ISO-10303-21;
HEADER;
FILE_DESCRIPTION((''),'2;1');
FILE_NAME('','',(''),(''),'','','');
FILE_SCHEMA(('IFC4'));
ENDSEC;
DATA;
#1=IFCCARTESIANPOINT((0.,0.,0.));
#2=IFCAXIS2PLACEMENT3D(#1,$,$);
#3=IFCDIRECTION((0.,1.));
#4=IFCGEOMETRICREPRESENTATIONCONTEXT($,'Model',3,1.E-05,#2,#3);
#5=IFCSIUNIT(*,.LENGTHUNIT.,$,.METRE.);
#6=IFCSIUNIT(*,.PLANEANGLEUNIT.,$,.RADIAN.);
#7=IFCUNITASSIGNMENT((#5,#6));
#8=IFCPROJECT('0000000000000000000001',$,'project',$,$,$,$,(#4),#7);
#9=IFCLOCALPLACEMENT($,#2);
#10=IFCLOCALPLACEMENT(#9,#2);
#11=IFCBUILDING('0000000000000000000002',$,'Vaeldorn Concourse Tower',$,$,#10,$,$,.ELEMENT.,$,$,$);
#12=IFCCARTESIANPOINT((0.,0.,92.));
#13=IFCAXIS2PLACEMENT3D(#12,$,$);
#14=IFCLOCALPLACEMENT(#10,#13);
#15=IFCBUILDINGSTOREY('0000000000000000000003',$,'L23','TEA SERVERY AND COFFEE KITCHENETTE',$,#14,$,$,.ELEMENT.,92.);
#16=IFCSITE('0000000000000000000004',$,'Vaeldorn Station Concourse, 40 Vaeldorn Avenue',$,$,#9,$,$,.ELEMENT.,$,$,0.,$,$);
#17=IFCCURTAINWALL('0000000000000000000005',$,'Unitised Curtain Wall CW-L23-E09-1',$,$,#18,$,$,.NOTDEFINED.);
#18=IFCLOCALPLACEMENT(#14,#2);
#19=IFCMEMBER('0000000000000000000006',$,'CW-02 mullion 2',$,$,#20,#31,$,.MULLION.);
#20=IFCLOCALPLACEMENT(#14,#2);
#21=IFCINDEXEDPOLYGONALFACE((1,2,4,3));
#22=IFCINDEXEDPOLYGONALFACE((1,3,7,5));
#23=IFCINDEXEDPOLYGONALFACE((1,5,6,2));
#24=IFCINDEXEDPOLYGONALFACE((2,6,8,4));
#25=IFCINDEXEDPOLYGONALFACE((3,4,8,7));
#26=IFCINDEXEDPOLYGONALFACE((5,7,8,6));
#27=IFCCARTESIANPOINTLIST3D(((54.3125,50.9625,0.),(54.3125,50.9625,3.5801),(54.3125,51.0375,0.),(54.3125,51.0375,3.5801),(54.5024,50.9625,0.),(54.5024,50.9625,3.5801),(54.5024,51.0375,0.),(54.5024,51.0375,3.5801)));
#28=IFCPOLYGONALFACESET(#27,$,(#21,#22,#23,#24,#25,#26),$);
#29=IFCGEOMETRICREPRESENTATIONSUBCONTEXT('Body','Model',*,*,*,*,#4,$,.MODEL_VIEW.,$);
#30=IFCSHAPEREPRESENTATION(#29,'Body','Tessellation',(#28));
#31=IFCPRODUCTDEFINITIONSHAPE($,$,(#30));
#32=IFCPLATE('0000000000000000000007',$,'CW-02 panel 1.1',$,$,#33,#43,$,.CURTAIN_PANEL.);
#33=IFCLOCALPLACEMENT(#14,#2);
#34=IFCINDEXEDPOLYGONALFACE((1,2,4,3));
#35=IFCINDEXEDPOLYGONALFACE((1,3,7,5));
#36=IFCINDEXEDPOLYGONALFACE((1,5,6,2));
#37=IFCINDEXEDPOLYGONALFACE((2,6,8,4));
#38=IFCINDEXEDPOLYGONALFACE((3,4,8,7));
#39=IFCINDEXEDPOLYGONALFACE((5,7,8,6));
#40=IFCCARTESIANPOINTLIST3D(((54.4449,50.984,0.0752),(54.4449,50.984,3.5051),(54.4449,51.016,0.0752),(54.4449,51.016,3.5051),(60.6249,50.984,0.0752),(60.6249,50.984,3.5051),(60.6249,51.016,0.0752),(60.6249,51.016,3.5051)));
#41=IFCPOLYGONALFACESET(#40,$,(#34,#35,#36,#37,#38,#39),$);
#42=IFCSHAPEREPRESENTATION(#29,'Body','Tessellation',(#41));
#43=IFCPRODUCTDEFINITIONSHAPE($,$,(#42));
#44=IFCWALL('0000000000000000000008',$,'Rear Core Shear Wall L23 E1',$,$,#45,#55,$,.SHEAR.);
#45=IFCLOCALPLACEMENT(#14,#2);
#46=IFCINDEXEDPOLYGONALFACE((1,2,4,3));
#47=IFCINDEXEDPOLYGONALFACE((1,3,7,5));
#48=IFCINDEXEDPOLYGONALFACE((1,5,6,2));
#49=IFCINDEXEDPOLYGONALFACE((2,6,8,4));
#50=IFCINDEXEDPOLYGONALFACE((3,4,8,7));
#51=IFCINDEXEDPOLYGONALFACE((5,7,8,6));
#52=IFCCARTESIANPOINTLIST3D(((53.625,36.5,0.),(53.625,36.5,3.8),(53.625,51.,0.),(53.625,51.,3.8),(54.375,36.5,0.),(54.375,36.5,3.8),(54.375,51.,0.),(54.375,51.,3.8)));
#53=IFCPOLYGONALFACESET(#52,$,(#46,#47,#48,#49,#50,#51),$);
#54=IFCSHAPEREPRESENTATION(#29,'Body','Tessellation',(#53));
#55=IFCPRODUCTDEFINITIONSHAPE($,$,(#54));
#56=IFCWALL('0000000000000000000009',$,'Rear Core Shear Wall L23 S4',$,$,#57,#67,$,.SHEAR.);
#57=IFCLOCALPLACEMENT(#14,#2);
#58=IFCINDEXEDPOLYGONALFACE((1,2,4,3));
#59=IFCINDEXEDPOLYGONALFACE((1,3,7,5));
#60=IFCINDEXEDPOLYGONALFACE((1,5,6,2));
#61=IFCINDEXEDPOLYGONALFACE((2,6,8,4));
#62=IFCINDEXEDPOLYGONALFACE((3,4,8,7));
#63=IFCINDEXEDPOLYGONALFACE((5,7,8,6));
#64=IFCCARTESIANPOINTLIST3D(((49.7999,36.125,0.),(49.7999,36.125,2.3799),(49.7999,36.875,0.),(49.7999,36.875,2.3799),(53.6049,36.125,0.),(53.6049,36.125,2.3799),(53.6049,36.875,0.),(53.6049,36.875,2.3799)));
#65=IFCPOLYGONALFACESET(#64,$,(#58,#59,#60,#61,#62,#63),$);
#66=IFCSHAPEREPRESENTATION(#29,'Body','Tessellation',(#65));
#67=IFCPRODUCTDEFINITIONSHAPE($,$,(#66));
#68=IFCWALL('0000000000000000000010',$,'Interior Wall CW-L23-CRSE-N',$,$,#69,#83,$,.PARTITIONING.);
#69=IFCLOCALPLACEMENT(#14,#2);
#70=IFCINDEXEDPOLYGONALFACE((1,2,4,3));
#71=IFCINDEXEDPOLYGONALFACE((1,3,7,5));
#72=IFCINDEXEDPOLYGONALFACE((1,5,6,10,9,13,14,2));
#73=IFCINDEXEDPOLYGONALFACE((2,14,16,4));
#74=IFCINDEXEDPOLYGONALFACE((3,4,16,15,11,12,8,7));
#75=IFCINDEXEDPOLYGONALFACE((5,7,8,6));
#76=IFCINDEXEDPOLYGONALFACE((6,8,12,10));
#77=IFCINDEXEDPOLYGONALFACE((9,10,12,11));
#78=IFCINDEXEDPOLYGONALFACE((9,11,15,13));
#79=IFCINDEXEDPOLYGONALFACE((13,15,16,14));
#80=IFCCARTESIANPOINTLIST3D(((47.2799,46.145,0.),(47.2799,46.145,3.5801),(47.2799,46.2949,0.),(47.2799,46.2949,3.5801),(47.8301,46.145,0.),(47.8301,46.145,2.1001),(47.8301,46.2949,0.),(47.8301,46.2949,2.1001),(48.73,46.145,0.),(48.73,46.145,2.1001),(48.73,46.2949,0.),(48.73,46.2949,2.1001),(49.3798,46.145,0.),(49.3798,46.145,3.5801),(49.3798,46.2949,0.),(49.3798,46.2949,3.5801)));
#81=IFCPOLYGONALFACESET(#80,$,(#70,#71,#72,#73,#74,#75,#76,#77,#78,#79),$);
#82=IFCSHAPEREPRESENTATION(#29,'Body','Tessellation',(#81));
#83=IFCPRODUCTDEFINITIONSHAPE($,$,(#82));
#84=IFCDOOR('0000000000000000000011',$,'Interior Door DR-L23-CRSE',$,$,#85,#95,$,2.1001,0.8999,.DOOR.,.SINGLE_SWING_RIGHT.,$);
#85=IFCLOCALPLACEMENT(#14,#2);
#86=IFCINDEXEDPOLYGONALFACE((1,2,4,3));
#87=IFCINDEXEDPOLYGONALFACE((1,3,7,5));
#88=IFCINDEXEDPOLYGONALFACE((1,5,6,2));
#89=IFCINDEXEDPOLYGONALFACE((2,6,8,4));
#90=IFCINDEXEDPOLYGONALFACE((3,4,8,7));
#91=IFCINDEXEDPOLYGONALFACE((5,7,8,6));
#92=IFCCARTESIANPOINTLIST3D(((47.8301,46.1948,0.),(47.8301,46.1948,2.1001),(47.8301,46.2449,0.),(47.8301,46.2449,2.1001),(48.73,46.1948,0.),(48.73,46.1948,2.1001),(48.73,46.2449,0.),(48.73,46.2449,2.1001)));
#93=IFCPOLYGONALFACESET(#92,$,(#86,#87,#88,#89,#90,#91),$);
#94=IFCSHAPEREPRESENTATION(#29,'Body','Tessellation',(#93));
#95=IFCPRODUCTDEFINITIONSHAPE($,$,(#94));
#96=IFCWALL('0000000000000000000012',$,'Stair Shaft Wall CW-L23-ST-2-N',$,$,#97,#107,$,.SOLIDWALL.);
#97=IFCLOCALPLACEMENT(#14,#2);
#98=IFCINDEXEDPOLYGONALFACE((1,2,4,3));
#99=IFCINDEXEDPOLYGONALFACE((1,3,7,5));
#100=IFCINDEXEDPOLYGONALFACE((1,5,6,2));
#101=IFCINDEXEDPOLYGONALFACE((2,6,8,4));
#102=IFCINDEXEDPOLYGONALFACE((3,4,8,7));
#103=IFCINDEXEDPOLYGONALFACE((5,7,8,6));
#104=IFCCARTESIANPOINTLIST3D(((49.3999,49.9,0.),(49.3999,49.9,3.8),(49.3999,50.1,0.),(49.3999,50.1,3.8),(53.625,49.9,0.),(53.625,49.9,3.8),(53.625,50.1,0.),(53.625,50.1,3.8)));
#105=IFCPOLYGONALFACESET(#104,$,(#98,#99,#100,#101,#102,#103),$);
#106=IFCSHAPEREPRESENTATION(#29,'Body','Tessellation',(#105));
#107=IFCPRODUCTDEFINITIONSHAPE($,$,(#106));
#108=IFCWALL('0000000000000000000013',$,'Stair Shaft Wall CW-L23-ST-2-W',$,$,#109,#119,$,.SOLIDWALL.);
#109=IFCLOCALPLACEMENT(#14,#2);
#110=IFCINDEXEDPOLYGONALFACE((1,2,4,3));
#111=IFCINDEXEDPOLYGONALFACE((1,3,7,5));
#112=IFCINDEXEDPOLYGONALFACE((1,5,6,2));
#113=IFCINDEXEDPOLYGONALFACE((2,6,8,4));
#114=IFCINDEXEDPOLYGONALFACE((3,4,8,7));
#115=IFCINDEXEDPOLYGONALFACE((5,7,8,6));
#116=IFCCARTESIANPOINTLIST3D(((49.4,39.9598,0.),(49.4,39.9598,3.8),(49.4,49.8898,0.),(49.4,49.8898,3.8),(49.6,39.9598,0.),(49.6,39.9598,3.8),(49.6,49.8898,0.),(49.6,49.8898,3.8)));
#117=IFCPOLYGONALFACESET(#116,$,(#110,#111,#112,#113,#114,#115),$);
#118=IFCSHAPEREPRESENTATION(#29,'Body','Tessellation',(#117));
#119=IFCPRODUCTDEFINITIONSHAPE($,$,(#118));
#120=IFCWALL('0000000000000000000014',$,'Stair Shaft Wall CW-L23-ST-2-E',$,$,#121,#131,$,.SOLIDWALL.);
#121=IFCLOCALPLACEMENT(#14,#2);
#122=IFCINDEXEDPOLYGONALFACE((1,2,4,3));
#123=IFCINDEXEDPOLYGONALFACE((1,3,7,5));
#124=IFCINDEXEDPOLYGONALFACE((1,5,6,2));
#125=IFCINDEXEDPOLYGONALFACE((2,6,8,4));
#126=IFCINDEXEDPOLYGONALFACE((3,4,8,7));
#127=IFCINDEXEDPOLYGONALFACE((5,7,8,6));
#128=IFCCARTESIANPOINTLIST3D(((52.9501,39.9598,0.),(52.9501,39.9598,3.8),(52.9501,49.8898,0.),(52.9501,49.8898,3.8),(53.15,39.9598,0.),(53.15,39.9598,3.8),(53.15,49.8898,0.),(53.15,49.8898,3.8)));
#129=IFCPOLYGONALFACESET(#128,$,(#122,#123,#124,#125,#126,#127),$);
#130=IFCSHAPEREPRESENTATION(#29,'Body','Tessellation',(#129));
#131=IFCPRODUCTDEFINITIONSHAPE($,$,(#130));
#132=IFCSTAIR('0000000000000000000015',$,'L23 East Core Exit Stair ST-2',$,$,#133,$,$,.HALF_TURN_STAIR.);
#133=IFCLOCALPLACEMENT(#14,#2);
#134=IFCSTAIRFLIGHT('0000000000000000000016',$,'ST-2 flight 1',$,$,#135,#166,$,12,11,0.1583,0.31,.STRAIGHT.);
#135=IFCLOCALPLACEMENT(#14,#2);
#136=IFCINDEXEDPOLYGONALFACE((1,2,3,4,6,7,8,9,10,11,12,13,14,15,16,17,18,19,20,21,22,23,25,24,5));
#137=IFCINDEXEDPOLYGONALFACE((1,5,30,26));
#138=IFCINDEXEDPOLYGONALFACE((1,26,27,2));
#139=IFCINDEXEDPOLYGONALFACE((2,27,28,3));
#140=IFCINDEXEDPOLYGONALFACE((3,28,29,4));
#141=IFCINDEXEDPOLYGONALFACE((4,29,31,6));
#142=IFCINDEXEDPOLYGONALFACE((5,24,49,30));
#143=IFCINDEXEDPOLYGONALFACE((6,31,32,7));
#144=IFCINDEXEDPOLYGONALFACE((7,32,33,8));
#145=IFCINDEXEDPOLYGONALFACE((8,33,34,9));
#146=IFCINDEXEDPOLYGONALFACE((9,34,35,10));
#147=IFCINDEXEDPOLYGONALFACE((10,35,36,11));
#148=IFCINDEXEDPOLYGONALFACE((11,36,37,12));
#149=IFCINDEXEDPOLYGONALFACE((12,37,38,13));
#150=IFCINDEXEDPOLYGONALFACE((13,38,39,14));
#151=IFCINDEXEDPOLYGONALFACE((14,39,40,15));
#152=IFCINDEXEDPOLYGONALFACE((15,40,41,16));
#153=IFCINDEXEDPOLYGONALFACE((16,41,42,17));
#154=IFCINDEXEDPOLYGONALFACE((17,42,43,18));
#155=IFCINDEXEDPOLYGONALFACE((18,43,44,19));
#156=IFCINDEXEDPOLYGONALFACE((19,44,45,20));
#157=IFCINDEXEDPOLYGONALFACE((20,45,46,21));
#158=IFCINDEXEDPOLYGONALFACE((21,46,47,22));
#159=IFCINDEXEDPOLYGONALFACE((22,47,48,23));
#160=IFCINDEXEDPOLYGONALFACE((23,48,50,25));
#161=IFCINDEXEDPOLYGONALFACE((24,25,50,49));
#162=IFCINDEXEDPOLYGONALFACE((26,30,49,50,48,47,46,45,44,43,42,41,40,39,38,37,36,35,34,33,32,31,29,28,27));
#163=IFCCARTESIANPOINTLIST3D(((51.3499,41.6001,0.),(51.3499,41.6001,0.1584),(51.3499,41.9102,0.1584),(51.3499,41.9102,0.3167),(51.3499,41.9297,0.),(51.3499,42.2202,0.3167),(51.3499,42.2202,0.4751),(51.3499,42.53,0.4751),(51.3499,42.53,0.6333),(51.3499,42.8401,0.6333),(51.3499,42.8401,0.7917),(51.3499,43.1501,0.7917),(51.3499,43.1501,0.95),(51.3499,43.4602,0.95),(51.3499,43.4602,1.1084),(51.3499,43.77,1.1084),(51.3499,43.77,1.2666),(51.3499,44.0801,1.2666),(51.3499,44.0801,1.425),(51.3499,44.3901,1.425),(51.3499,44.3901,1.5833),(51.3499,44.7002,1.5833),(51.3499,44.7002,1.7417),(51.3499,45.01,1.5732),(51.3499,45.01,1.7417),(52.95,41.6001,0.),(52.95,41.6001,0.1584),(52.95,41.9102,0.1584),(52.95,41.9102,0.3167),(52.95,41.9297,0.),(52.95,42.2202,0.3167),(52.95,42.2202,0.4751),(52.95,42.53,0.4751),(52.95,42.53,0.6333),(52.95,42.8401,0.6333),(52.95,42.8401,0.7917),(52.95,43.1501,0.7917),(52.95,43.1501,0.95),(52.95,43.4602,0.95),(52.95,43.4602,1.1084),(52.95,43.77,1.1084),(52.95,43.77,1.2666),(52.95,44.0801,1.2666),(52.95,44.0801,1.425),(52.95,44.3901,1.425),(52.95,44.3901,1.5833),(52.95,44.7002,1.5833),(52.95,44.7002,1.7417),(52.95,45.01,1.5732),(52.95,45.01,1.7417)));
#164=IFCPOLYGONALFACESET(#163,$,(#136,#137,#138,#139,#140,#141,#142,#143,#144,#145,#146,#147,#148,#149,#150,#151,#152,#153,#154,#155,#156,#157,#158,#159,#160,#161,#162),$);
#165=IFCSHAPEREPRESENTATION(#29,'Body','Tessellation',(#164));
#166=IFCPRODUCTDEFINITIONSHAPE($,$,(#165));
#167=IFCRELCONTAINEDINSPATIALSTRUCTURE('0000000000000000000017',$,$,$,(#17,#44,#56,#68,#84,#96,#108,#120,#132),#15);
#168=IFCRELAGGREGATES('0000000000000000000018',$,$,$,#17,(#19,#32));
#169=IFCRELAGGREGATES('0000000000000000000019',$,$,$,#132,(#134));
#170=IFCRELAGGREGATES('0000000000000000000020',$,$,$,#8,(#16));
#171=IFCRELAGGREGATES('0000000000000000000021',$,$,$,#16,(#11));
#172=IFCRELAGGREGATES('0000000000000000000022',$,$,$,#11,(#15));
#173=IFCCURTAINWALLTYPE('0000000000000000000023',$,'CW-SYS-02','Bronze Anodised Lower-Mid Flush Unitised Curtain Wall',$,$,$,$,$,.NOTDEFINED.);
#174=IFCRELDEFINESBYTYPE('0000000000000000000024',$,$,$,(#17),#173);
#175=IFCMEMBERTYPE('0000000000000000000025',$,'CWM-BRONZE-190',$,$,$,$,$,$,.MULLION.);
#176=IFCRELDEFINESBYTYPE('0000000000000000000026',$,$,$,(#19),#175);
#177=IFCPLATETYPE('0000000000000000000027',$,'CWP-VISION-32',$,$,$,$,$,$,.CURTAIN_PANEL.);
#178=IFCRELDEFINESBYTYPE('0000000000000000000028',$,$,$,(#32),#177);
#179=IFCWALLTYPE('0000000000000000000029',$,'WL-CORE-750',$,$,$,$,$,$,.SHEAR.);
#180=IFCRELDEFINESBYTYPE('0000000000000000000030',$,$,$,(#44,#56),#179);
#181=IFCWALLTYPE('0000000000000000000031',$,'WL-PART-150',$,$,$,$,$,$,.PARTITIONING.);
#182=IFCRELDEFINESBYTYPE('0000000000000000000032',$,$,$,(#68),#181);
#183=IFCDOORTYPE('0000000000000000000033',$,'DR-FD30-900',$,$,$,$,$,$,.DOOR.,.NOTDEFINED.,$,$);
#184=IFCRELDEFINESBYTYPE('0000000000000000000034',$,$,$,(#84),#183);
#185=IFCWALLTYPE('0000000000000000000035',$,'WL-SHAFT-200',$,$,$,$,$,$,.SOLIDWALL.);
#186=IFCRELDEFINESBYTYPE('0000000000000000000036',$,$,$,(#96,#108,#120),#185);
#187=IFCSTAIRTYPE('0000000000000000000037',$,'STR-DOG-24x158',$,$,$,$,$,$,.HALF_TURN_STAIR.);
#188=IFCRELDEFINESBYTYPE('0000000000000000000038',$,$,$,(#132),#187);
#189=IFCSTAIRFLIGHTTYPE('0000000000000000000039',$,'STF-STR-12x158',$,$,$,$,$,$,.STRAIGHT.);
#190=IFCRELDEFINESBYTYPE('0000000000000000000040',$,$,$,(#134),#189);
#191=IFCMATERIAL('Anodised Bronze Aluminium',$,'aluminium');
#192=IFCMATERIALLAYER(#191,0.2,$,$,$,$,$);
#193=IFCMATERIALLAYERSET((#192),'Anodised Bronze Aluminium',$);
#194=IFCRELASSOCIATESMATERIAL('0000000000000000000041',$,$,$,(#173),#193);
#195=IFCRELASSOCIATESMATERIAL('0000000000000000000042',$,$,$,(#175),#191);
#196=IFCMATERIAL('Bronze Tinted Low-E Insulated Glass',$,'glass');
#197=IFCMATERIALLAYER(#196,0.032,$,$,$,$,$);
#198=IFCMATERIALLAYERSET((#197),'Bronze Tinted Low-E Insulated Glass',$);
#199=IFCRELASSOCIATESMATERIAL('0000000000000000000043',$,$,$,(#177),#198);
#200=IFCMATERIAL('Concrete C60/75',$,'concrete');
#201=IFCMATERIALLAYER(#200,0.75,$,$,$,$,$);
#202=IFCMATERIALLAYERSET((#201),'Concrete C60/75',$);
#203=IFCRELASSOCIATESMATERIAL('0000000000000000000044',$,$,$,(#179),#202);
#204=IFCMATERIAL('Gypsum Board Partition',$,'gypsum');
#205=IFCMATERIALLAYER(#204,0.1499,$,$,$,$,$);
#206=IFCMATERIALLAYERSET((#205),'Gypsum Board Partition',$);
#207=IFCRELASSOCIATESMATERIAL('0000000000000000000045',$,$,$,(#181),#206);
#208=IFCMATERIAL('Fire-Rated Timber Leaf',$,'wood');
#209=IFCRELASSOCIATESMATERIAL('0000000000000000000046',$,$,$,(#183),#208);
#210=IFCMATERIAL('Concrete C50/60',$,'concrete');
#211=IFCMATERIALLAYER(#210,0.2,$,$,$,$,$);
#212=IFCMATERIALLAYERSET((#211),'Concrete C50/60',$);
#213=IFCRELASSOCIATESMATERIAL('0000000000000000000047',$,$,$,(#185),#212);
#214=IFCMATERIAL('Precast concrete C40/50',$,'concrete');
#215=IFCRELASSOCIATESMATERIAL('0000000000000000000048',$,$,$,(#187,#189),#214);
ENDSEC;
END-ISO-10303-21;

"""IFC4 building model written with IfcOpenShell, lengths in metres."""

from ifc_helpers import new_model, si_unit, direction, frame, frame_2d, origin, origin_2d, place, context, subcontext, project, spatial, polyline, rectangle, outline, extrude, source, transform, mapped, material, layer, layer_set, material_profile, profile_set, type_object, element, fill, aggregate, save


model = new_model("IFC4")

# Units and contexts
model_context = context("Model", 3, precision=1e-05, world=origin(), true_north=direction((0.0, 1.0)))
body_context = subcontext(model_context, "Body", "Model", "MODEL_VIEW")
ifc_project = project(units=[si_unit("LENGTHUNIT", "METRE"), si_unit("PLANEANGLEUNIT", "RADIAN")], contexts=[model_context])

# Site, building, storey
site_placement = place(None, origin())
site = spatial("IfcSite", under=ifc_project, at=site_placement, Name="Vaeldorn Station Concourse, 40 Vaeldorn Avenue", CompositionType="ELEMENT", RefElevation=0.0)
building_placement = place(site_placement, origin())
building = spatial("IfcBuilding", under=site, at=building_placement, Name="Vaeldorn Concourse Tower", CompositionType="ELEMENT")
storey_placement = place(building_placement, frame((0.0, 0.0, 92.0)))
storey = spatial("IfcBuildingStorey", under=building, at=storey_placement, Name="L23", Description="TEA SERVERY AND COFFEE KITCHENETTE", CompositionType="ELEMENT", Elevation=92.0)

# Shared definitions
ifc_material_1 = material(Name="Concrete C60/75", Category="concrete")

# Curtain wall, member, plate
ifc_material_2 = material(Name="Anodised Bronze Aluminium", Category="aluminium")
ifc_layer_1 = layer(ifc_material_2, 0.2)
ifc_layer_set_1 = layer_set([ifc_layer_1], Name="Anodised Bronze Aluminium")
curtain_wall_type = type_object("IfcCurtainWallType", Name="CW-SYS-02", Description="Bronze Anodised Lower-Mid Flush Unitised Curtain Wall", PredefinedType="NOTDEFINED", material=ifc_layer_set_1)
curtain_wall_placement = place(storey_placement, origin())
curtain_wall = element("IfcCurtainWall", 1, at=curtain_wall_placement, inside=storey, type_object=curtain_wall_type, Name="Unitised Curtain Wall CW-L23-E09-1", PredefinedType="NOTDEFINED")
ifc_material_profile_1 = material_profile(ifc_material_2, rectangle(XDim=0.075, YDim=0.1899, at=origin_2d()), Name="CWM 75x190")
ifc_profile_set_1 = profile_set([ifc_material_profile_1], Name="Anodised Bronze Aluminium")
member_type = type_object("IfcMemberType", Name="CWM-BRONZE-190", PredefinedType="MULLION", material=ifc_profile_set_1)
shared_shape_1 = source(origin(), body_context, "Body", "SweptSolid", [
    extrude(rectangle(XDim=0.075, YDim=0.1899, at=origin_2d()), origin(), (0.0, 0.0, 1.0), 3.5801),
])
member_placement = place(storey_placement, frame((54.4075, 51.0, 0.0), z_axis=(0.0, 0.0, 1.0), x_axis=(0.0, -1.0, 0.0)))
member = element("IfcMember", 2, at=member_placement, type_object=member_type, Name="CW-02 mullion 2", PredefinedType="MULLION", context=body_context, shape_type="MappedRepresentation", body=[
    mapped(shared_shape_1, transform((0.0, 0.0, 0.0), scale=1.0)),
])
ifc_material_3 = material(Name="Bronze Tinted Low-E Insulated Glass", Category="glass")
ifc_layer_2 = layer(ifc_material_3, 0.032)
ifc_layer_set_2 = layer_set([ifc_layer_2], Name="Bronze Tinted Low-E Insulated Glass")
plate_type = type_object("IfcPlateType", Name="CWP-VISION-32", PredefinedType="CURTAIN_PANEL", material=ifc_layer_set_2)
shared_shape_2 = source(origin(), body_context, "Body", "SweptSolid", [
    extrude(rectangle(XDim=6.1799, YDim=0.032, at=origin_2d()), origin(), (0.0, 0.0, 1.0), 3.4299),
])
plate_placement = place(storey_placement, frame((57.5349, 51.0, 0.0752), z_axis=(0.0, 0.0, 1.0), x_axis=(-1.0, 0.0, 0.0)))
plate = element("IfcPlate", 3, at=plate_placement, type_object=plate_type, Name="CW-02 panel 1.1", PredefinedType="CURTAIN_PANEL", context=body_context, shape_type="MappedRepresentation", body=[
    mapped(shared_shape_2, transform((0.0, 0.0, 0.0), scale=1.0)),
])
aggregate(curtain_wall, [member, plate])

# Walls
ifc_layer_3 = layer(ifc_material_1, 0.75)
ifc_layer_set_3 = layer_set([ifc_layer_3], Name="Concrete C60/75")
wall_type_1 = type_object("IfcWallType", Name="WL-CORE-750", PredefinedType="SHEAR", material=ifc_layer_set_3)
wall_1_placement = place(storey_placement, frame((54.0, 36.5, 0.0), z_axis=(0.0, 0.0, 1.0), x_axis=(0.0, 1.0, 0.0)))
element("IfcWall", 4, at=wall_1_placement, inside=storey, type_object=wall_type_1, Name="Rear Core Shear Wall L23 E1", PredefinedType="SHEAR", context=body_context, shape_type="SweptSolid", body=[
    extrude(rectangle(XDim=14.5, YDim=0.75, at=frame_2d((7.25, 0.0))), origin(), (0.0, 0.0, 1.0), 3.8),
])
wall_2_placement = place(storey_placement, frame((49.8, 36.5, 0.0), z_axis=(0.0, 0.0, 1.0), x_axis=(1.0, 0.0, 0.0)))
element("IfcWall", 5, at=wall_2_placement, inside=storey, type_object=wall_type_1, Name="Rear Core Shear Wall L23 S4", PredefinedType="SHEAR", context=body_context, shape_type="SweptSolid", body=[
    extrude(rectangle(XDim=3.8049, YDim=0.75, at=frame_2d((1.9023, 0.0))), origin(), (0.0, 0.0, 1.0), 2.3799),
])

# Wall, opening, door
ifc_material_4 = material(Name="Gypsum Board Partition", Category="gypsum")
ifc_layer_4 = layer(ifc_material_4, 0.1499)
ifc_layer_set_4 = layer_set([ifc_layer_4], Name="Gypsum Board Partition")
wall_type_2 = type_object("IfcWallType", Name="WL-PART-150", PredefinedType="PARTITIONING", material=ifc_layer_set_4)
wall_3_placement = place(storey_placement, frame((47.28, 46.22, 0.0), z_axis=(0.0, 0.0, 1.0), x_axis=(1.0, 0.0, 0.0)))
wall_3 = element("IfcWall", 6, at=wall_3_placement, inside=storey, type_object=wall_type_2, Name="Interior Wall CW-L23-CRSE-N", PredefinedType="PARTITIONING", context=body_context, shape_type="SweptSolid", body=[
    extrude(rectangle(XDim=2.0999, YDim=0.1499, at=frame_2d((1.0498, 0.0))), origin(), (0.0, 0.0, 1.0), 3.5801),
])
opening_1_placement = place(wall_3_placement, frame((0.55, 0.0, 0.0)))
opening_1 = element("IfcOpeningElement", 7, at=opening_1_placement, cuts=wall_3, PredefinedType="OPENING", context=body_context, shape_type="SweptSolid", body=[
    extrude(rectangle(XDim=0.8999, YDim=2.1001, at=frame_2d((0.45, 1.05))), frame((0.0, 0.085, 0.0), z_axis=(0.0, -1.0, 0.0), x_axis=(1.0, 0.0, 0.0)), (0.0, 0.0, 1.0), 0.1699),
])
ifc_material_5 = material(Name="Fire-Rated Timber Leaf", Category="wood")
door_type_1 = type_object("IfcDoorType", Name="DR-FD30-900", OperationType="NOTDEFINED", PredefinedType="DOOR", material=ifc_material_5)
shared_shape_3 = source(origin(), body_context, "Body", "SweptSolid", [
    extrude(rectangle(XDim=0.8999, YDim=2.1001, at=frame_2d((0.45, 1.05))), frame((0.0, 0.0249, 0.0), z_axis=(0.0, -1.0, 0.0), x_axis=(1.0, 0.0, 0.0)), (0.0, 0.0, 1.0), 0.05),
])
door_1_placement = place(opening_1_placement, origin())
door_1 = element("IfcDoor", 8, at=door_1_placement, inside=storey, type_object=door_type_1, Name="Interior Door DR-L23-CRSE", OperationType="SINGLE_SWING_RIGHT", OverallHeight=2.1001, OverallWidth=0.8999, PredefinedType="DOOR", context=body_context, shape_type="MappedRepresentation", body=[
    mapped(shared_shape_3, transform((0.0, 0.0, 0.0), scale=1.0)),
])
fill(opening_1, door_1)
ifc_material_6 = material(Name="Concrete C50/60", Category="concrete")
ifc_layer_5 = layer(ifc_material_6, 0.2)
ifc_layer_set_5 = layer_set([ifc_layer_5], Name="Concrete C50/60")
wall_type_3 = type_object("IfcWallType", Name="WL-SHAFT-200", PredefinedType="SOLIDWALL", material=ifc_layer_set_5)

# Walls
wall_4_placement = place(storey_placement, frame((49.3999, 50.0, 0.0), z_axis=(0.0, 0.0, 1.0), x_axis=(1.0, 0.0, 0.0)))
element("IfcWall", 9, at=wall_4_placement, inside=storey, type_object=wall_type_3, Name="Stair Shaft Wall CW-L23-ST-2-N", PredefinedType="SOLIDWALL", context=body_context, shape_type="SweptSolid", body=[
    extrude(rectangle(XDim=4.2251, YDim=0.2, at=frame_2d((2.1125, 0.0))), origin(), (0.0, 0.0, 1.0), 3.8),
])
for number, where, z_axis, x_axis, name in (
    (10, (49.5, 39.96, 0.0), (0.0, 0.0, 1.0), (0.0, 1.0, 0.0), "Stair Shaft Wall CW-L23-ST-2-W"),
    (11, (53.05, 39.96, 0.0), (0.0, 0.0, 1.0), (0.0, 1.0, 0.0), "Stair Shaft Wall CW-L23-ST-2-E"),
):
    element("IfcWall", number, at=place(storey_placement, frame(where, z_axis=z_axis, x_axis=x_axis)), inside=storey, type_object=wall_type_3, Name=name, PredefinedType="SOLIDWALL", context=body_context, shape_type="SweptSolid", body=[
        extrude(rectangle(XDim=9.9299, YDim=0.2, at=frame_2d((4.9648, 0.0))), origin(), (0.0, 0.0, 1.0), 3.8),
    ])

# Stair, stair flight
ifc_material_7 = material(Name="Precast concrete C40/50", Category="concrete")
stair_type = type_object("IfcStairType", Name="STR-DOG-24x158", PredefinedType="HALF_TURN_STAIR", material=ifc_material_7)
stair_placement = place(storey_placement, origin())
stair = element("IfcStair", 12, at=stair_placement, inside=storey, type_object=stair_type, Name="L23 East Core Exit Stair ST-2", PredefinedType="HALF_TURN_STAIR")
stair_flight_type = type_object("IfcStairFlightType", Name="STF-STR-12x158", PredefinedType="STRAIGHT", material=ifc_material_7)
stair_flight_1_placement = place(storey_placement, frame((52.1499, 41.6001, 0.0), z_axis=(0.0, 0.0, 1.0), x_axis=(0.0, 1.0, 0.0)))
stair_flight_1 = element("IfcStairFlight", 13, at=stair_flight_1_placement, type_object=stair_flight_type, Name="ST-2 flight 1", NumberOfRisers=12, NumberOfTreads=11, PredefinedType="STRAIGHT", RiserHeight=0.1583, TreadLength=0.31, context=body_context, shape_type="SweptSolid", body=[
    extrude(outline(polyline([(0.0, 0.0), (0.0, 0.1584), (0.3101, 0.1584), (0.3101, 0.3167), (0.6201, 0.3167), (0.6201, 0.4751), (0.9299, 0.4751), (0.9299, 0.6333), (1.24, 0.6333), (1.24, 0.7917), (1.55, 0.7917), (1.55, 0.95), (1.8601, 0.95), (1.8601, 1.1084), (2.1699, 1.1084), (2.1699, 1.2666), (2.48, 1.2666), (2.48, 1.425), (2.79, 1.425), (2.79, 1.5833), (3.1001, 1.5833), (3.1001, 1.7417), (3.4099, 1.7417), (3.4099, 1.8999), (3.4099, 1.5732), (0.3296, 0.0), (0.0, 0.0)])), frame((0.0, 0.8, 0.0), z_axis=(0.0, -1.0, 0.0), x_axis=(1.0, 0.0, 0.0)), (0.0, 0.0, 1.0), 1.6001),
])
aggregate(stair, [stair_flight_1])

save(model, "model.ifc")
